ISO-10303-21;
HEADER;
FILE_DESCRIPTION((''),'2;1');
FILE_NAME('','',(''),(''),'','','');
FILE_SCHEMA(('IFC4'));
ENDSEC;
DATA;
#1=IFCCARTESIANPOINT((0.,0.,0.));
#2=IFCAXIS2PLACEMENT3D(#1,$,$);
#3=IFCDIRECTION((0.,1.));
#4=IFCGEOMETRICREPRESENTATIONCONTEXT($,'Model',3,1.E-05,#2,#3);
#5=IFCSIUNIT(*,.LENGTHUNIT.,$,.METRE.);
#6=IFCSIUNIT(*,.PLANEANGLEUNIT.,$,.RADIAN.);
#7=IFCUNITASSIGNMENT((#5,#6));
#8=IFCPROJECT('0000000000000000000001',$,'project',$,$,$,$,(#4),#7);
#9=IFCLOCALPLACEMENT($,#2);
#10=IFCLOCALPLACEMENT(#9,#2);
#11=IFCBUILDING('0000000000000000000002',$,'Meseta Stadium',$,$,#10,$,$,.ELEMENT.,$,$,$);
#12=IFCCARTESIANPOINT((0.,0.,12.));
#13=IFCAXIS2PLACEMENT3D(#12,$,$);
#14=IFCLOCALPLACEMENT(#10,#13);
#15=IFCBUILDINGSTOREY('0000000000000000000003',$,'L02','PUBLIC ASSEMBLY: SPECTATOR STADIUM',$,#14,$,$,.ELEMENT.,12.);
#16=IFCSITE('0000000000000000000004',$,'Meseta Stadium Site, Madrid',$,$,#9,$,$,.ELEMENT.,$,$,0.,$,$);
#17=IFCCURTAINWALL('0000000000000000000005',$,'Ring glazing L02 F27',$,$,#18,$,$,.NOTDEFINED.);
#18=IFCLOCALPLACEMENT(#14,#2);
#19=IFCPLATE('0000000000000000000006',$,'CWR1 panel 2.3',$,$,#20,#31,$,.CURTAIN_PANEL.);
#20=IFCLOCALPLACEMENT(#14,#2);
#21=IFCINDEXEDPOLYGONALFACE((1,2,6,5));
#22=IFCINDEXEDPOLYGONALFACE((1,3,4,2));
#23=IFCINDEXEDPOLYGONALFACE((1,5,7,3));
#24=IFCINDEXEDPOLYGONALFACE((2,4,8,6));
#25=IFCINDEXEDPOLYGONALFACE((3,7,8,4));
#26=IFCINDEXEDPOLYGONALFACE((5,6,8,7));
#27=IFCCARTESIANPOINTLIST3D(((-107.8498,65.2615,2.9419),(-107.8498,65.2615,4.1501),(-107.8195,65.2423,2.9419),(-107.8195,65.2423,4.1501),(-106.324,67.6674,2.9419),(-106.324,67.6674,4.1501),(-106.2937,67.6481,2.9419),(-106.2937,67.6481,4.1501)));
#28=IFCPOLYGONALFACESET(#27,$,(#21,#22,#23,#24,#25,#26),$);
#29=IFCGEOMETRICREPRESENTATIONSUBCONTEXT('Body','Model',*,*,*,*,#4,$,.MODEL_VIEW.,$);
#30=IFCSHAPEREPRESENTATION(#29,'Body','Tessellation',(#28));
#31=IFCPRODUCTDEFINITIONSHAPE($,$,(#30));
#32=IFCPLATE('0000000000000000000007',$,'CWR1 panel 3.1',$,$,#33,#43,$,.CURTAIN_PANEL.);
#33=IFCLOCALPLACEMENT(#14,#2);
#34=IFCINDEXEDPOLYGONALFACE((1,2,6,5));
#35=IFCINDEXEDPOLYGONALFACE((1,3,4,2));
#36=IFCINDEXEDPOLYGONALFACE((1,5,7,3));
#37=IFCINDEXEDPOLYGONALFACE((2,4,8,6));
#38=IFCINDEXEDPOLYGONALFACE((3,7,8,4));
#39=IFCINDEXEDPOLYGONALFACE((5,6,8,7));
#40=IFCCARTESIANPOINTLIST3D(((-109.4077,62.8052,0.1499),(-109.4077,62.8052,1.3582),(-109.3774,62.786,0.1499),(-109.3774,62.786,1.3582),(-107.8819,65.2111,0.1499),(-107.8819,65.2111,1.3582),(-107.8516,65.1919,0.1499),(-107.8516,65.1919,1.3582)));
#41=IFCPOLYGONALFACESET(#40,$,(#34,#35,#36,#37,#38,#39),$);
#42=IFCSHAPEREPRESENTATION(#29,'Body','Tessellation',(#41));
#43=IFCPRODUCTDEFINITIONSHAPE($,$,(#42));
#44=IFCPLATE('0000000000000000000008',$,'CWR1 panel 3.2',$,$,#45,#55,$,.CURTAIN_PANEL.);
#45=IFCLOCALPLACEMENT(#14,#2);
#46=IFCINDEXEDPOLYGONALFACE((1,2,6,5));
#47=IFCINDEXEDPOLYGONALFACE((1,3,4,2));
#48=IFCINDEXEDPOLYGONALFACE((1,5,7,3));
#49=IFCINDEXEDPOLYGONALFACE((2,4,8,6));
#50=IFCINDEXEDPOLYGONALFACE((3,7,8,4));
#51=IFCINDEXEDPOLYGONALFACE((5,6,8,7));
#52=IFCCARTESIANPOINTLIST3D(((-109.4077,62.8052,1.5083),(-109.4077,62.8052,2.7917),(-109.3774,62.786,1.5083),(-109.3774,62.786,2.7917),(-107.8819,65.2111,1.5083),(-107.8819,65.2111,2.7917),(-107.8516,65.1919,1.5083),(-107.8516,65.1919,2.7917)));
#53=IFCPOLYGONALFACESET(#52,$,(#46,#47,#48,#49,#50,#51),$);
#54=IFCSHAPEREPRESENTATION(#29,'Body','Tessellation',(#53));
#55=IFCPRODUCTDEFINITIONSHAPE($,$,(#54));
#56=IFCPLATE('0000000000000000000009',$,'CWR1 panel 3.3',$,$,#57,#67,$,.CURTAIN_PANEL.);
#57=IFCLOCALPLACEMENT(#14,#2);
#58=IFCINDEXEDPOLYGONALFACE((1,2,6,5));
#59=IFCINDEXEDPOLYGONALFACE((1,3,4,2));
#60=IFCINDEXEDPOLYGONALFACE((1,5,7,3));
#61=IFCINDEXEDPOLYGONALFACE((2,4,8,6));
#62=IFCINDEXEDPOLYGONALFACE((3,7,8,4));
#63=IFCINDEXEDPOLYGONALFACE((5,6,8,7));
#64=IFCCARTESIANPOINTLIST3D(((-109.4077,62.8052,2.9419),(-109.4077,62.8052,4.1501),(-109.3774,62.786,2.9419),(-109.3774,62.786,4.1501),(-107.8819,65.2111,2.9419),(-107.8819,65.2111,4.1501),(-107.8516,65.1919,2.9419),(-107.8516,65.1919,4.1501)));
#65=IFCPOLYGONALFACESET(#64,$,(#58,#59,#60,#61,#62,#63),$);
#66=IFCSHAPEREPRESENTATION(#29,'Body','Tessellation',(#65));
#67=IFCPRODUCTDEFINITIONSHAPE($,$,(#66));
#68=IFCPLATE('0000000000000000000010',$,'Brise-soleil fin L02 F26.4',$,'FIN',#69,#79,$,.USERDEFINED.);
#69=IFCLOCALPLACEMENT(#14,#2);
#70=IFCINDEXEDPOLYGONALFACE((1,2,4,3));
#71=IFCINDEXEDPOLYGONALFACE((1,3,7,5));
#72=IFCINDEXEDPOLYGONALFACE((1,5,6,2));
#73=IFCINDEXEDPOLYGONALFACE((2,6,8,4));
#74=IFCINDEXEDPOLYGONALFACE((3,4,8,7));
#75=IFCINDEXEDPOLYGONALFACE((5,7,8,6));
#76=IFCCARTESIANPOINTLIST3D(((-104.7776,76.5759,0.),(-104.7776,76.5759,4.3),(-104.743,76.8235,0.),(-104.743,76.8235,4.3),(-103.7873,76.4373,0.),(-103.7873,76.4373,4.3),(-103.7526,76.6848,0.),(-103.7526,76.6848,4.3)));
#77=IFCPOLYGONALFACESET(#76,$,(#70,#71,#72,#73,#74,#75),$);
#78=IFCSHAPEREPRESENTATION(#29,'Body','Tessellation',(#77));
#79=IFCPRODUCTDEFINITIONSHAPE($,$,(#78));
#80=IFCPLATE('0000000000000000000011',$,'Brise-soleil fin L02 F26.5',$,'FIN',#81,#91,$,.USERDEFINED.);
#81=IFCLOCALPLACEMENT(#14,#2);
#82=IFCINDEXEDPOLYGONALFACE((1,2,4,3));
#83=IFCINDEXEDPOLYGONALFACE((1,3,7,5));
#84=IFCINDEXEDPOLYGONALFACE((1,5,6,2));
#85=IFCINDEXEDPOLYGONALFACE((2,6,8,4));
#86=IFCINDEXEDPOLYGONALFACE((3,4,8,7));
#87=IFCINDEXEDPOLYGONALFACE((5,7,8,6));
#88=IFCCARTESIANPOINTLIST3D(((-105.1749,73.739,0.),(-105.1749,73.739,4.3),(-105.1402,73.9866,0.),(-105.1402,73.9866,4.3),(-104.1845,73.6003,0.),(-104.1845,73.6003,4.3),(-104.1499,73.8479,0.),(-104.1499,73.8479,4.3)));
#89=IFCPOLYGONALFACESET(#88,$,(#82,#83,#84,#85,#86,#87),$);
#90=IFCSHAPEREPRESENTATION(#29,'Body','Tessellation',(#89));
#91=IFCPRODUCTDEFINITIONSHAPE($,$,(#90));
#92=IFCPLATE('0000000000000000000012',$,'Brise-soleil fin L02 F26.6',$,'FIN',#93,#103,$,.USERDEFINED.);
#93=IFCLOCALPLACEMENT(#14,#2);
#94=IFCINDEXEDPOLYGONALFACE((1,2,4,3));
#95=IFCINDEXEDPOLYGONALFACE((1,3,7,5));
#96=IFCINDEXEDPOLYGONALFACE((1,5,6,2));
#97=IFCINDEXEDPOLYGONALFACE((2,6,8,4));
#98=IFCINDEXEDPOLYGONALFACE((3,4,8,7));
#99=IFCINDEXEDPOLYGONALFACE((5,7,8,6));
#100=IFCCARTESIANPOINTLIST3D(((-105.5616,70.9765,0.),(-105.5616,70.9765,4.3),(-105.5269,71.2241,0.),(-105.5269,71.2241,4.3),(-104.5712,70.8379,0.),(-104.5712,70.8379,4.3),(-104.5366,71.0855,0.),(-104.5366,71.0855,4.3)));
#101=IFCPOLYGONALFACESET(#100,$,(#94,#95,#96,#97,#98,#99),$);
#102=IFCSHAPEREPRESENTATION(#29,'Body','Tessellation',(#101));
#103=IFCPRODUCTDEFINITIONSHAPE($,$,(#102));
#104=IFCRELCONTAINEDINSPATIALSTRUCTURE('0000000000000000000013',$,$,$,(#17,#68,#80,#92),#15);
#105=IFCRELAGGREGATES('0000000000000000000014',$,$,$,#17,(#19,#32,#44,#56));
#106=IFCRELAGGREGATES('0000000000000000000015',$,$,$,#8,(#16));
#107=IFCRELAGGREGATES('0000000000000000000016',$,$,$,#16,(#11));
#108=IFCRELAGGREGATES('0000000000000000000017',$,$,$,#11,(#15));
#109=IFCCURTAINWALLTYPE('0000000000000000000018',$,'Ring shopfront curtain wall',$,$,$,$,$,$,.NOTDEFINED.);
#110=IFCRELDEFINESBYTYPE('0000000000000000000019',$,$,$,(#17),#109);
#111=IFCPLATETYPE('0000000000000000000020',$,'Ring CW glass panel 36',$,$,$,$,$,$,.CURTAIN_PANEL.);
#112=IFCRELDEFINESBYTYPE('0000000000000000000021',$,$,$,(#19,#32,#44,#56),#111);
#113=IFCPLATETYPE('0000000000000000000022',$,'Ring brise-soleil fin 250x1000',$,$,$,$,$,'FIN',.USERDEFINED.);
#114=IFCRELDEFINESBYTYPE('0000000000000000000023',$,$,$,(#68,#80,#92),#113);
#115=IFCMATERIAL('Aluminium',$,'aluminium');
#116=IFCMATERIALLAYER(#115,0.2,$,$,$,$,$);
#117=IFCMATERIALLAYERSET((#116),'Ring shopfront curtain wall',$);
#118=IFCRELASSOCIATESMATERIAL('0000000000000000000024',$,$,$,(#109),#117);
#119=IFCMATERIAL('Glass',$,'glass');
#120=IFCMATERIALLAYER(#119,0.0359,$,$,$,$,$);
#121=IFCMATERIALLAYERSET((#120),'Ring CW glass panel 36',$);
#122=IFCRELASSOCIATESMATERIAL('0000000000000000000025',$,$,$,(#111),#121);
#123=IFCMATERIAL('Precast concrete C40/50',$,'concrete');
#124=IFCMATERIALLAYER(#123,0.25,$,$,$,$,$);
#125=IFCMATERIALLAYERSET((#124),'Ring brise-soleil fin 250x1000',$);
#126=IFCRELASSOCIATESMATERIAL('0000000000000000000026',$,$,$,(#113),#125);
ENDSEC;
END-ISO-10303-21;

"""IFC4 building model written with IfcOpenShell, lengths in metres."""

from ifc_helpers import new_model, si_unit, direction, frame, origin, origin_2d, place, context, subcontext, project, spatial, rectangle, extrude, material, layer, layer_set, type_object, element, aggregate, save


model = new_model("IFC4")

# Units and contexts
model_context = context("Model", 3, precision=1e-05, world=origin(), true_north=direction((0.0, 1.0)))
body_context = subcontext(model_context, "Body", "Model", "MODEL_VIEW")
ifc_project = project(units=[si_unit("LENGTHUNIT", "METRE"), si_unit("PLANEANGLEUNIT", "RADIAN")], contexts=[model_context])

# Site, building, storey
site_placement = place(None, origin())
site = spatial("IfcSite", under=ifc_project, at=site_placement, Name="Meseta Stadium Site, Madrid", CompositionType="ELEMENT", RefElevation=0.0)
building_placement = place(site_placement, origin())
building = spatial("IfcBuilding", under=site, at=building_placement, Name="Meseta Stadium", CompositionType="ELEMENT")
storey_placement = place(building_placement, frame((0.0, 0.0, 12.0)))
storey = spatial("IfcBuildingStorey", under=building, at=storey_placement, Name="L02", Description="PUBLIC ASSEMBLY: SPECTATOR STADIUM", CompositionType="ELEMENT", Elevation=12.0)

# Shared definitions
ifc_material_1 = material(Name="Aluminium", Category="aluminium")
ifc_layer_1 = layer(ifc_material_1, 0.2)
ifc_layer_set_1 = layer_set([ifc_layer_1], Name="Ring shopfront curtain wall")
curtain_wall_type = type_object("IfcCurtainWallType", Name="Ring shopfront curtain wall", PredefinedType="NOTDEFINED", material=ifc_layer_set_1)

# Curtain wall
curtain_wall_1_placement = place(storey_placement, origin())
curtain_wall_1 = element("IfcCurtainWall", 1, at=curtain_wall_1_placement, inside=storey, type_object=curtain_wall_type, Name="Ring glazing L02 F27", PredefinedType="NOTDEFINED")

# Plates
ifc_material_2 = material(Name="Glass", Category="glass")
ifc_layer_2 = layer(ifc_material_2, 0.0359)
ifc_layer_set_2 = layer_set([ifc_layer_2], Name="Ring CW glass panel 36")
plate_type_1 = type_object("IfcPlateType", Name="Ring CW glass panel 36", PredefinedType="CURTAIN_PANEL", material=ifc_layer_set_2)
plate_1_placement = place(storey_placement, frame((-107.0718, 66.4548, 2.9419), z_axis=(0.0, 0.0, 1.0), x_axis=(-0.535569, -0.844491, 0.0)))
plate_1 = element("IfcPlate", 2, at=plate_1_placement, type_object=plate_type_1, Name="CWR1 panel 2.3", PredefinedType="CURTAIN_PANEL", context=body_context, shape_type="SweptSolid", body=[
    extrude(rectangle(XDim=2.8489, YDim=0.0359, at=origin_2d()), origin(), (0.0, 0.0, 1.0), 1.2083),
])
plate_2_placement = place(storey_placement, frame((-108.6296, 63.9985, 0.1499), z_axis=(0.0, 0.0, 1.0), x_axis=(-0.535569, -0.844491, 0.0)))
plate_2 = element("IfcPlate", 3, at=plate_2_placement, type_object=plate_type_1, Name="CWR1 panel 3.1", PredefinedType="CURTAIN_PANEL", context=body_context, shape_type="SweptSolid", body=[
    extrude(rectangle(XDim=2.8489, YDim=0.0359, at=origin_2d()), origin(), (0.0, 0.0, 1.0), 1.2083),
])
plate_3_placement = place(storey_placement, frame((-108.6296, 63.9985, 1.5083), z_axis=(0.0, 0.0, 1.0), x_axis=(-0.535569, -0.844491, 0.0)))
plate_3 = element("IfcPlate", 4, at=plate_3_placement, type_object=plate_type_1, Name="CWR1 panel 3.2", PredefinedType="CURTAIN_PANEL", context=body_context, shape_type="SweptSolid", body=[
    extrude(rectangle(XDim=2.8489, YDim=0.0359, at=origin_2d()), origin(), (0.0, 0.0, 1.0), 1.2834),
])
plate_4_placement = place(storey_placement, frame((-108.6296, 63.9985, 2.9419), z_axis=(0.0, 0.0, 1.0), x_axis=(-0.535569, -0.844491, 0.0)))
plate_4 = element("IfcPlate", 5, at=plate_4_placement, type_object=plate_type_1, Name="CWR1 panel 3.3", PredefinedType="CURTAIN_PANEL", context=body_context, shape_type="SweptSolid", body=[
    extrude(rectangle(XDim=2.8489, YDim=0.0359, at=origin_2d()), origin(), (0.0, 0.0, 1.0), 1.2083),
])
aggregate(curtain_wall_1, [plate_1, plate_2, plate_3, plate_4])

# Plates
ifc_material_3 = material(Name="Precast concrete C40/50", Category="concrete")
ifc_layer_3 = layer(ifc_material_3, 0.25)
ifc_layer_set_3 = layer_set([ifc_layer_3], Name="Ring brise-soleil fin 250x1000")
plate_type_2 = type_object("IfcPlateType", Name="Ring brise-soleil fin 250x1000", ElementType="FIN", PredefinedType="USERDEFINED", material=ifc_layer_set_3)
for number, where, z_axis, x_axis, name in (
    (6, (-104.2651, 76.6304, 0.0), (0.0, 0.0, 1.0), (-0.138641, -0.990343, 0.0), "Brise-soleil fin L02 F26.4"),
    (7, (-104.6624, 73.7935, 0.0), (0.0, 0.0, 1.0), (-0.138641, -0.990343, 0.0), "Brise-soleil fin L02 F26.5"),
    (8, (-105.0491, 71.031, 0.0), (0.0, 0.0, 1.0), (-0.138641, -0.990343, 0.0), "Brise-soleil fin L02 F26.6"),
):
    element("IfcPlate", number, at=place(storey_placement, frame(where, z_axis=z_axis, x_axis=x_axis)), inside=storey, type_object=plate_type_2, Name=name, ObjectType="FIN", PredefinedType="USERDEFINED", context=body_context, shape_type="SweptSolid", body=[
        extrude(rectangle(XDim=0.25, YDim=1.0, at=origin_2d()), origin(), (0.0, 0.0, 1.0), 4.3),
    ])

save(model, "model.ifc")
